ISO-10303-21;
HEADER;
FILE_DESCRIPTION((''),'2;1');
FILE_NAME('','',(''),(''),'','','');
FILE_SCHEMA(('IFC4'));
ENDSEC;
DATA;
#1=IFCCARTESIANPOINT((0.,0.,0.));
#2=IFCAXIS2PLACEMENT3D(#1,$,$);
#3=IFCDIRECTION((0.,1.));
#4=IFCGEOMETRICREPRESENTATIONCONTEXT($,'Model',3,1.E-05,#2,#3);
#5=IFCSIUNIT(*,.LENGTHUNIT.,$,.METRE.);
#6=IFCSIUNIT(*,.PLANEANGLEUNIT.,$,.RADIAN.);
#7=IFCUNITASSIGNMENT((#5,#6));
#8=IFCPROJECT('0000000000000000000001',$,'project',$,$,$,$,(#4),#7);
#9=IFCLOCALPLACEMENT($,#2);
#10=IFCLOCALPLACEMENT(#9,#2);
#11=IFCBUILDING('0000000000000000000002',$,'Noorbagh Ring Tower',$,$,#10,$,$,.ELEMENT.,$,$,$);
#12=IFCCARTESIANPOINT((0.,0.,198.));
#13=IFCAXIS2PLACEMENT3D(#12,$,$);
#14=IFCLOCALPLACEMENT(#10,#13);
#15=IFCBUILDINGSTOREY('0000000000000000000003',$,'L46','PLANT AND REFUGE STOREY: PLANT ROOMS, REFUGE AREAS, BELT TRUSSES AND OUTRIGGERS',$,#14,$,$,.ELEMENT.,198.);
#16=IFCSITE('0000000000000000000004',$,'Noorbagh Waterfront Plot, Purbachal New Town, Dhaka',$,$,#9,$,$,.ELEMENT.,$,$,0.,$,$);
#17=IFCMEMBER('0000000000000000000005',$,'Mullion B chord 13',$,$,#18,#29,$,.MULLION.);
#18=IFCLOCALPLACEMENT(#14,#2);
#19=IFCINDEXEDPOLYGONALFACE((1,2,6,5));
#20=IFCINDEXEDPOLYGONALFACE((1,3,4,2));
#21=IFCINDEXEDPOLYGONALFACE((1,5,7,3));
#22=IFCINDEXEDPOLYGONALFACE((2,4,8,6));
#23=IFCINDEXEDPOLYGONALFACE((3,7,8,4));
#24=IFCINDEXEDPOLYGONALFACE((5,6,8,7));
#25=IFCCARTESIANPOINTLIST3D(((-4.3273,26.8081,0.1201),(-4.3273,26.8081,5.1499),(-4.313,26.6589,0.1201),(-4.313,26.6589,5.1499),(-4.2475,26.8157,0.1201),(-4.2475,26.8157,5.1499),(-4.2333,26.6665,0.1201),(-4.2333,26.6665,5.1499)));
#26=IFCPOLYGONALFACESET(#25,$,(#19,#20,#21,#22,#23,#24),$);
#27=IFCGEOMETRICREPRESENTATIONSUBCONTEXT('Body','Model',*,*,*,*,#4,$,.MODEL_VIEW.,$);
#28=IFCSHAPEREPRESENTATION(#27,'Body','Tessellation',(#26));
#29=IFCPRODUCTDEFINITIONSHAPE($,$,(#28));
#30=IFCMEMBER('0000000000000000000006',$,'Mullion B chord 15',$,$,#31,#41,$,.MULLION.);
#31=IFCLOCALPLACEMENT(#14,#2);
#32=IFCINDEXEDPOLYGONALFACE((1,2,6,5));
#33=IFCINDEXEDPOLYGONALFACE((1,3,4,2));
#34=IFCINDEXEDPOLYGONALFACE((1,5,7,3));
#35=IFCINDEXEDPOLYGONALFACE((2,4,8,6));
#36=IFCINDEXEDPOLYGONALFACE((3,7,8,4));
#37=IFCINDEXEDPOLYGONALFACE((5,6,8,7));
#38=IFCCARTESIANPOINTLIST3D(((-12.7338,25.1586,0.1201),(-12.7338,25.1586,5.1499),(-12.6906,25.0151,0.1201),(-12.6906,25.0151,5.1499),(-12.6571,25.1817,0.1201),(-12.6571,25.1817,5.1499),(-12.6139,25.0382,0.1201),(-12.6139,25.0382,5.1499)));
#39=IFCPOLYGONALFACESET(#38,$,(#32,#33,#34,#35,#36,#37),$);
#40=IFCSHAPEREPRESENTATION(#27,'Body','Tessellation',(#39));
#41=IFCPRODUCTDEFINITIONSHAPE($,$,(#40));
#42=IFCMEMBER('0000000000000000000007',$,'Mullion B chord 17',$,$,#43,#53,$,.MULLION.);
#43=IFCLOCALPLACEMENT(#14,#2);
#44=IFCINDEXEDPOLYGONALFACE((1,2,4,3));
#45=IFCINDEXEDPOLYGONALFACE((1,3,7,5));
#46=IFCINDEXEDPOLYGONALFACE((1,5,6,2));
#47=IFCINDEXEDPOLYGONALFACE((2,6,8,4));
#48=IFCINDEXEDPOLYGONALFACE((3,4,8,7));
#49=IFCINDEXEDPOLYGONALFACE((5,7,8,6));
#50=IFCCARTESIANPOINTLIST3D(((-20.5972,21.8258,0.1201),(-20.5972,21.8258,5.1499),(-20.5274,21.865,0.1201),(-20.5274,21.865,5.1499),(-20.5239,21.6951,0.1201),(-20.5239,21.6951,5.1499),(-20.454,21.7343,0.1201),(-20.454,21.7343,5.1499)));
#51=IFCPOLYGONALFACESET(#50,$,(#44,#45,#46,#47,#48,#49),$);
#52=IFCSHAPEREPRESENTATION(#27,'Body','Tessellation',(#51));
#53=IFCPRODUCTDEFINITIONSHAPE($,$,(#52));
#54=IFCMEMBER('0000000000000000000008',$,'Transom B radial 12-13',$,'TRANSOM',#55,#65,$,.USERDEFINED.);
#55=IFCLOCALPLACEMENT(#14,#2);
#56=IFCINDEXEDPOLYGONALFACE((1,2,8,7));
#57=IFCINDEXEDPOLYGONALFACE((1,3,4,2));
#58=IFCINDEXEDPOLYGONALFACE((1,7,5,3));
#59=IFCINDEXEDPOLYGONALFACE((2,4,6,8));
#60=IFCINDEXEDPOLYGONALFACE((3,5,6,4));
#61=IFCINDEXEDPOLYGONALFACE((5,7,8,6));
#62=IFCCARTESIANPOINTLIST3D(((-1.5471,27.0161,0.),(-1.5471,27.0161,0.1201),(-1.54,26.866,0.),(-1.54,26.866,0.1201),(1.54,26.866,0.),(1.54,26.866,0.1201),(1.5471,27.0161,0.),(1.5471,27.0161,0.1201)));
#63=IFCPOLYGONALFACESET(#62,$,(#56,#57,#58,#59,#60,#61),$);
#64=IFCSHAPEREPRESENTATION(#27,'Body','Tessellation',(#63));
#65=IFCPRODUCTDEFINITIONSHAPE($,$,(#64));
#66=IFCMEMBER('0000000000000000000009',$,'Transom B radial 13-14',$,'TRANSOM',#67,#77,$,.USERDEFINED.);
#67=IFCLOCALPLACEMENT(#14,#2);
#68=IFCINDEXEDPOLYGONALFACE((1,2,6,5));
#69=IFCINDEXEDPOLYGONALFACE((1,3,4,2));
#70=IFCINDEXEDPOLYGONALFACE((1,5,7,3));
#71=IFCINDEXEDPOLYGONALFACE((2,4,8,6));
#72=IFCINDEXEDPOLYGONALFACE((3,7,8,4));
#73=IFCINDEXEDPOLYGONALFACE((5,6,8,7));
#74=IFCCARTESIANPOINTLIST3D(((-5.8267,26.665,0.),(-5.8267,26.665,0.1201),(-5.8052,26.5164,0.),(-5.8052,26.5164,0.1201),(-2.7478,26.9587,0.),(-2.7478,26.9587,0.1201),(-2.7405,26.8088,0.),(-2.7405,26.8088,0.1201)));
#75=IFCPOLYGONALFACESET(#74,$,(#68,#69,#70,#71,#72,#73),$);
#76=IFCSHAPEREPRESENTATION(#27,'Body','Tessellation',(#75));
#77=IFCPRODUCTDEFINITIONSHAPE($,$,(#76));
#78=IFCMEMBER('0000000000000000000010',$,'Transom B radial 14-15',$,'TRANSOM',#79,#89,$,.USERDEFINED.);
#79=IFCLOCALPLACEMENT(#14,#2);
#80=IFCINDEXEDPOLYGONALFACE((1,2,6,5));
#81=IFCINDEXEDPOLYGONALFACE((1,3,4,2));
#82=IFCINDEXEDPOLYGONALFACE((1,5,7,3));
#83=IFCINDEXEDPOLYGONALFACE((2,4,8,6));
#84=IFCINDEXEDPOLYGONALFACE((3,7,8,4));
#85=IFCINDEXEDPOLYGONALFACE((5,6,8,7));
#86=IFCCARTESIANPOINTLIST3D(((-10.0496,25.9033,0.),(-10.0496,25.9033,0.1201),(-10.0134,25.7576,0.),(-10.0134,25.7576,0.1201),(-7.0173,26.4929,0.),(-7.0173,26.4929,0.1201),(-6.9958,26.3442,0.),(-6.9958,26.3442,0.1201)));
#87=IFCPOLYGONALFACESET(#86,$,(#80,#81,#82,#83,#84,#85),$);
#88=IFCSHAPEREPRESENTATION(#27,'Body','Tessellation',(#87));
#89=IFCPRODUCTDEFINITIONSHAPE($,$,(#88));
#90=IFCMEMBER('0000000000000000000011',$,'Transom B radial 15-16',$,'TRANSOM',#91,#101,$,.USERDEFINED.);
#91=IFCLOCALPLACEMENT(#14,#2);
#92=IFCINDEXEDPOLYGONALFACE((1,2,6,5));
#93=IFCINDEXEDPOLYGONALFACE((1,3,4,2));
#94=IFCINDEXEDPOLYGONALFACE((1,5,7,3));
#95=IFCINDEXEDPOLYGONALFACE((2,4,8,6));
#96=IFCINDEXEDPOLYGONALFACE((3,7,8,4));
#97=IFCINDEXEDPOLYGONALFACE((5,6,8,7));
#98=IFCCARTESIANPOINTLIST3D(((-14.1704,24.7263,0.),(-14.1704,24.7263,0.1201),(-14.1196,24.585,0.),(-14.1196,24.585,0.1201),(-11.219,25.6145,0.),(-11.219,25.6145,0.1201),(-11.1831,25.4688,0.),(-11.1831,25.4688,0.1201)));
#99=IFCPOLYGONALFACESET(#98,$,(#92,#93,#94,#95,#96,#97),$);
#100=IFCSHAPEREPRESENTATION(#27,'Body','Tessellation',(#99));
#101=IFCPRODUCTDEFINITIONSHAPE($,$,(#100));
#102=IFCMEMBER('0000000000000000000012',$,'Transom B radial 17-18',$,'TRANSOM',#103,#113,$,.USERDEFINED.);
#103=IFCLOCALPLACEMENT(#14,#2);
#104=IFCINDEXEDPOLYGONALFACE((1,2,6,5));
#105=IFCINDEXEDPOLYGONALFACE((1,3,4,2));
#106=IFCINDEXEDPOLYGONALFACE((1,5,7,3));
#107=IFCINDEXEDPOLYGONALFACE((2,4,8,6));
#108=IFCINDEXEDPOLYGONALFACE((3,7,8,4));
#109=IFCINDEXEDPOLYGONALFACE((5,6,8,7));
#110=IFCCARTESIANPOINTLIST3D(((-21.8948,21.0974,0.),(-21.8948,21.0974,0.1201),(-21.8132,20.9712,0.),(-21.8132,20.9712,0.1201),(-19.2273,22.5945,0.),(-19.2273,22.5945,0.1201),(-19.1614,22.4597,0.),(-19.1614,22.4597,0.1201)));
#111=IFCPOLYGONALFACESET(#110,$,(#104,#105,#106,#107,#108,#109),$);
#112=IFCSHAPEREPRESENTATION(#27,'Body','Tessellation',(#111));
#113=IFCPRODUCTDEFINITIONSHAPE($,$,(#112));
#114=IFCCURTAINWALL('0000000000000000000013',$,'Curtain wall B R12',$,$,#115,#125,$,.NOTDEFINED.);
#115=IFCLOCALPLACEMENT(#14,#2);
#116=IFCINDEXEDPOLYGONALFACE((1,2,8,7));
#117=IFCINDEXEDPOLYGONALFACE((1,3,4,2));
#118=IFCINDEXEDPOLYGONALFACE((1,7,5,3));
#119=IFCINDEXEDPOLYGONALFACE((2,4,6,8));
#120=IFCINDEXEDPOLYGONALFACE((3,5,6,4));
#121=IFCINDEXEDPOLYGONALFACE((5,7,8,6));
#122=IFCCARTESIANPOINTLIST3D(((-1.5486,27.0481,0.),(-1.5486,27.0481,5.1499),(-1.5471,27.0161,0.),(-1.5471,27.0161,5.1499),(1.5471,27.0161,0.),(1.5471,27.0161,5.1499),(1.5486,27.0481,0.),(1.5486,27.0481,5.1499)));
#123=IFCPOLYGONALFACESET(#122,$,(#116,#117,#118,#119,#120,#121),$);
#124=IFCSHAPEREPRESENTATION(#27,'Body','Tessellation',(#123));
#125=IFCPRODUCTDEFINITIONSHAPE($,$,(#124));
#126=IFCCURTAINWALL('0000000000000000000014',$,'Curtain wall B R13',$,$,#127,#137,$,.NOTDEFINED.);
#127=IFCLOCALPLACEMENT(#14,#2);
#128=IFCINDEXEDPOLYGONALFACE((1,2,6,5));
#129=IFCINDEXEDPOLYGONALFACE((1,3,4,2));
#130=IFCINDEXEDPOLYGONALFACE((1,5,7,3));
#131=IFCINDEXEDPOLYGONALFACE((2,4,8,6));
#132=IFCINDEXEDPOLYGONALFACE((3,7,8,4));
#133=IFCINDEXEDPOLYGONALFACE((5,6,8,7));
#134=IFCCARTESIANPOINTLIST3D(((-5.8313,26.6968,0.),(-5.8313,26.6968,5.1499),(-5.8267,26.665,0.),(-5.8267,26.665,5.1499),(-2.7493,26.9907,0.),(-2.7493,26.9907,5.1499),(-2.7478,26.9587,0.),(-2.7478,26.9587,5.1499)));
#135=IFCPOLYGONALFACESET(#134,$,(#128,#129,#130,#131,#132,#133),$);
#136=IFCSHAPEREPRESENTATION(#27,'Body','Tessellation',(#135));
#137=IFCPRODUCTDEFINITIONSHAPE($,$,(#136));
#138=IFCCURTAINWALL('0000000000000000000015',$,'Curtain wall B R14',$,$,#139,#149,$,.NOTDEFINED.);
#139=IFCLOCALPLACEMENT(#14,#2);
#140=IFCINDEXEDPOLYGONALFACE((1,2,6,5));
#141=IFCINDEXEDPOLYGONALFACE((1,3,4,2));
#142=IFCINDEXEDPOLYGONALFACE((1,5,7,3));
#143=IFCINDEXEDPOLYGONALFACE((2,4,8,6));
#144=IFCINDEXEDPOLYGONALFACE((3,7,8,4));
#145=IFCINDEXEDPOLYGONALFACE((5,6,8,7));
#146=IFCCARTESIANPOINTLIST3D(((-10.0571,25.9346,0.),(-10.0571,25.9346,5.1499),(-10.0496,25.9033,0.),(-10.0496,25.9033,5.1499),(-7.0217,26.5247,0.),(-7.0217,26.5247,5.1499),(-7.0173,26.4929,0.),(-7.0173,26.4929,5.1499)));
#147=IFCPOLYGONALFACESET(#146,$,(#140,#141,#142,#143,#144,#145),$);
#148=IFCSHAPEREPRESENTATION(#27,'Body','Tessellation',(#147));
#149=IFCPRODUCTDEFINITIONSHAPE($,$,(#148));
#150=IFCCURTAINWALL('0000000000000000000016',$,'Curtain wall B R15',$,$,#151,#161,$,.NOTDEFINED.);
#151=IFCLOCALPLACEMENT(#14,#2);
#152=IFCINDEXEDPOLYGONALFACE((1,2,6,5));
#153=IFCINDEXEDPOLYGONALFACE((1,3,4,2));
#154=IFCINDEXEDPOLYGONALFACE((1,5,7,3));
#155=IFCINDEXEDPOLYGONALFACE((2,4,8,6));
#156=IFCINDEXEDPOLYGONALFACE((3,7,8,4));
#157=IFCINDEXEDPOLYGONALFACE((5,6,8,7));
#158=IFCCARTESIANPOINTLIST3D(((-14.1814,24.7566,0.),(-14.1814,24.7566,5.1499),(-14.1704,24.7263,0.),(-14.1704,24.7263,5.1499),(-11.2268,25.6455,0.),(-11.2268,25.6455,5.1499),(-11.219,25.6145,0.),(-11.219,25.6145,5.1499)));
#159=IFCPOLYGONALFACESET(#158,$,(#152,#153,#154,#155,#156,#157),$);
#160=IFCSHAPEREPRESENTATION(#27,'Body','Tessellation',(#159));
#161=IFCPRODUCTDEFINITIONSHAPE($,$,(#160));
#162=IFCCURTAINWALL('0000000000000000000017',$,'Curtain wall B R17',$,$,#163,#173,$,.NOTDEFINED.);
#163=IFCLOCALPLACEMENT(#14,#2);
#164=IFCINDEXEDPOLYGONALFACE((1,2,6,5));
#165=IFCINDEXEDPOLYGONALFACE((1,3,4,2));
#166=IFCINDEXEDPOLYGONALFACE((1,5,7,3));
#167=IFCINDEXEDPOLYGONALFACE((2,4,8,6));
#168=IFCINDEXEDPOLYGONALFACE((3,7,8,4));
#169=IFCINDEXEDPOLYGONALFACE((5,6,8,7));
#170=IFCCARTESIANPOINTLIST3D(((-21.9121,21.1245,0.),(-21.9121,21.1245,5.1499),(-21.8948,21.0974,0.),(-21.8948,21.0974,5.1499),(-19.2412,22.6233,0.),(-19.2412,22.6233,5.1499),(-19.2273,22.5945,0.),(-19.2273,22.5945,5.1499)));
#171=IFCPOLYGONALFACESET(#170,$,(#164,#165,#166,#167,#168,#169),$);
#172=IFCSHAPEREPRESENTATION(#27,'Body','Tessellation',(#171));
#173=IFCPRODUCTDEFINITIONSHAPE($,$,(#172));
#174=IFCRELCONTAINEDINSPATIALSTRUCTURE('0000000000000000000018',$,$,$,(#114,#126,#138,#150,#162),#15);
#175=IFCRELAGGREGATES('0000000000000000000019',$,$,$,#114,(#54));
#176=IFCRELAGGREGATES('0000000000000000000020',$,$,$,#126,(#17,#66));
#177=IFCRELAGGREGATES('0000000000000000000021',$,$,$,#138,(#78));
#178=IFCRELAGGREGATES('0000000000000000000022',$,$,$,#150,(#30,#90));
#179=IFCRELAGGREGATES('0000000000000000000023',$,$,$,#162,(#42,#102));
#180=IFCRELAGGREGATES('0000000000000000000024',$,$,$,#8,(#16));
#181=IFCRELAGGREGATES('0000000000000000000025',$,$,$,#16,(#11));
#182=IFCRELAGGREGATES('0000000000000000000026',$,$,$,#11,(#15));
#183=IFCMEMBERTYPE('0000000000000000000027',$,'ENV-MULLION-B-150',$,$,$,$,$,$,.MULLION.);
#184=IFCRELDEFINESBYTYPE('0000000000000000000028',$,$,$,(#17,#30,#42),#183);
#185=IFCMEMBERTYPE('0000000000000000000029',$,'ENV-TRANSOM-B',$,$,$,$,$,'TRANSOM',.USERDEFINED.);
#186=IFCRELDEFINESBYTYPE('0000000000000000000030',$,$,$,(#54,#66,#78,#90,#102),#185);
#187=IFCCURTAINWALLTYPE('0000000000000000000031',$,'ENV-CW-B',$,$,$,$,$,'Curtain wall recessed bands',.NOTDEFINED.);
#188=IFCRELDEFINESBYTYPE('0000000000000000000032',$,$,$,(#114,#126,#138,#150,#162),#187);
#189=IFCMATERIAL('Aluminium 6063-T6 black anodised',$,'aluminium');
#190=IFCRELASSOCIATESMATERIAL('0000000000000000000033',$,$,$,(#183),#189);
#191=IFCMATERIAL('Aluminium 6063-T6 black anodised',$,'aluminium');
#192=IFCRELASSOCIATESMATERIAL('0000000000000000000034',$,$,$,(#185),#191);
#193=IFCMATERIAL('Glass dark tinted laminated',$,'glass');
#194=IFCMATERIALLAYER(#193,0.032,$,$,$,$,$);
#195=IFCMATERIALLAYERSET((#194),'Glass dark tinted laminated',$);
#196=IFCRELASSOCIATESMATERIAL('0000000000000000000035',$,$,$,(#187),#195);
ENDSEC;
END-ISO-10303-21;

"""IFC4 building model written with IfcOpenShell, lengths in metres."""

from ifc_helpers import new_model, si_unit, direction, frame, origin, origin_2d, place, context, subcontext, project, spatial, polyline, rectangle, outline, extrude, material, layer, layer_set, material_profile, profile_set, type_object, element, aggregate, save


model = new_model("IFC4")

# Units and contexts
model_context = context("Model", 3, precision=1e-05, world=origin(), true_north=direction((0.0, 1.0)))
body_context = subcontext(model_context, "Body", "Model", "MODEL_VIEW")
ifc_project = project(units=[si_unit("LENGTHUNIT", "METRE"), si_unit("PLANEANGLEUNIT", "RADIAN")], contexts=[model_context])

# Members
ifc_material_1 = material(Name="Aluminium 6063-T6 black anodised", Category="aluminium")
ifc_material_profile = material_profile(ifc_material_1, rectangle(XDim=0.1499, YDim=0.0801, at=origin_2d()), Name="150x80")
ifc_profile_set = profile_set([ifc_material_profile], Name="Aluminium 6063-T6 black anodised")
member_type_1 = type_object("IfcMemberType", Name="ENV-MULLION-B-150", PredefinedType="MULLION", material=ifc_profile_set)
site_placement = place(None, origin())
building_placement = place(site_placement, origin())
storey_placement = place(building_placement, frame((0.0, 0.0, 198.0)))
member_1_placement = place(storey_placement, frame((-4.2803, 26.7373, 0.1201), z_axis=(0.0, 0.0, 1.0), x_axis=(0.095008, -0.995476, 0.0)))
member_1 = element("IfcMember", 1, at=member_1_placement, type_object=member_type_1, Name="Mullion B chord 13", PredefinedType="MULLION", context=body_context, shape_type="SweptSolid", body=[
    extrude(rectangle(XDim=0.1499, YDim=0.0801, at=origin_2d()), origin(), (0.0, 0.0, 1.0), 5.0298),
])
member_2_placement = place(storey_placement, frame((-12.6738, 25.0984, 0.1201), z_axis=(0.0, 0.0, 1.0), x_axis=(0.288174, -0.957578, 0.0)))
member_2 = element("IfcMember", 2, at=member_2_placement, type_object=member_type_1, Name="Mullion B chord 15", PredefinedType="MULLION", context=body_context, shape_type="SweptSolid", body=[
    extrude(rectangle(XDim=0.1499, YDim=0.0801, at=origin_2d()), origin(), (0.0, 0.0, 1.0), 5.0298),
])
member_3_placement = place(storey_placement, frame((-20.5256, 21.78, 0.1201), z_axis=(0.0, 0.0, 1.0), x_axis=(0.489426, -0.872045, 0.0)))
member_3 = element("IfcMember", 3, at=member_3_placement, type_object=member_type_1, Name="Mullion B chord 17", PredefinedType="MULLION", context=body_context, shape_type="SweptSolid", body=[
    extrude(rectangle(XDim=0.1499, YDim=0.0801, at=origin_2d()), origin(), (0.0, 0.0, 1.0), 5.0298),
])
ifc_material_2 = material(Name="Aluminium 6063-T6 black anodised", Category="aluminium")
member_type_2 = type_object("IfcMemberType", Name="ENV-TRANSOM-B", ElementType="TRANSOM", PredefinedType="USERDEFINED", material=ifc_material_2)
member_4_placement = place(storey_placement, origin())
member_4 = element("IfcMember", 4, at=member_4_placement, type_object=member_type_2, Name="Transom B radial 12-13", ObjectType="TRANSOM", PredefinedType="USERDEFINED", context=body_context, shape_type="SweptSolid", body=[
    extrude(outline(polyline([(1.5471, 27.0161), (-1.5471, 27.0161), (-1.54, 26.866), (1.54, 26.866), (1.5471, 27.0161)])), origin(), (0.0, 0.0, 1.0), 0.1201),
])
member_5_placement = place(storey_placement, origin())
member_5 = element("IfcMember", 5, at=member_5_placement, type_object=member_type_2, Name="Transom B radial 13-14", ObjectType="TRANSOM", PredefinedType="USERDEFINED", context=body_context, shape_type="SweptSolid", body=[
    extrude(outline(polyline([(-2.7478, 26.9587), (-5.8267, 26.665), (-5.8052, 26.5164), (-2.7405, 26.8088), (-2.7478, 26.9587)])), origin(), (0.0, 0.0, 1.0), 0.1201),
])
member_6_placement = place(storey_placement, origin())
member_6 = element("IfcMember", 6, at=member_6_placement, type_object=member_type_2, Name="Transom B radial 14-15", ObjectType="TRANSOM", PredefinedType="USERDEFINED", context=body_context, shape_type="SweptSolid", body=[
    extrude(outline(polyline([(-7.0173, 26.4929), (-10.0496, 25.9033), (-10.0134, 25.7576), (-6.9958, 26.3442), (-7.0173, 26.4929)])), origin(), (0.0, 0.0, 1.0), 0.1201),
])
member_7_placement = place(storey_placement, origin())
member_7 = element("IfcMember", 7, at=member_7_placement, type_object=member_type_2, Name="Transom B radial 15-16", ObjectType="TRANSOM", PredefinedType="USERDEFINED", context=body_context, shape_type="SweptSolid", body=[
    extrude(outline(polyline([(-11.219, 25.6145), (-14.1704, 24.7263), (-14.1196, 24.585), (-11.1831, 25.4688), (-11.219, 25.6145)])), origin(), (0.0, 0.0, 1.0), 0.1201),
])
member_8_placement = place(storey_placement, origin())
member_8 = element("IfcMember", 8, at=member_8_placement, type_object=member_type_2, Name="Transom B radial 17-18", ObjectType="TRANSOM", PredefinedType="USERDEFINED", context=body_context, shape_type="SweptSolid", body=[
    extrude(outline(polyline([(-19.2273, 22.5945), (-21.8948, 21.0974), (-21.8132, 20.9712), (-19.1614, 22.4597), (-19.2273, 22.5945)])), origin(), (0.0, 0.0, 1.0), 0.1201),
])

# Site, building, storey
site = spatial("IfcSite", under=ifc_project, at=site_placement, Name="Noorbagh Waterfront Plot, Purbachal New Town, Dhaka", CompositionType="ELEMENT", RefElevation=0.0)
building = spatial("IfcBuilding", under=site, at=building_placement, Name="Noorbagh Ring Tower", CompositionType="ELEMENT")
storey = spatial("IfcBuildingStorey", under=building, at=storey_placement, Name="L46", Description="PLANT AND REFUGE STOREY: PLANT ROOMS, REFUGE AREAS, BELT TRUSSES AND OUTRIGGERS", CompositionType="ELEMENT", Elevation=198.0)

# Curtain walls
ifc_material_3 = material(Name="Glass dark tinted laminated", Category="glass")
ifc_layer_1 = layer(ifc_material_3, 0.032)
ifc_layer_set_1 = layer_set([ifc_layer_1], Name="Glass dark tinted laminated")
curtain_wall_type = type_object("IfcCurtainWallType", Name="ENV-CW-B", ElementType="Curtain wall recessed bands", PredefinedType="NOTDEFINED", material=ifc_layer_set_1)
curtain_wall_1_placement = place(storey_placement, origin())
curtain_wall_1 = element("IfcCurtainWall", 9, at=curtain_wall_1_placement, inside=storey, type_object=curtain_wall_type, Name="Curtain wall B R12", PredefinedType="NOTDEFINED", context=body_context, shape_type="SweptSolid", body=[
    extrude(outline(polyline([(1.5486, 27.0481), (-1.5486, 27.0481), (-1.5471, 27.0161), (1.5471, 27.0161), (1.5486, 27.0481)])), origin(), (0.0, 0.0, 1.0), 5.1499),
])
aggregate(curtain_wall_1, [member_4])
curtain_wall_2_placement = place(storey_placement, origin())
curtain_wall_2 = element("IfcCurtainWall", 10, at=curtain_wall_2_placement, inside=storey, type_object=curtain_wall_type, Name="Curtain wall B R13", PredefinedType="NOTDEFINED", context=body_context, shape_type="SweptSolid", body=[
    extrude(outline(polyline([(-2.7493, 26.9907), (-5.8313, 26.6968), (-5.8267, 26.665), (-2.7478, 26.9587), (-2.7493, 26.9907)])), origin(), (0.0, 0.0, 1.0), 5.1499),
])
aggregate(curtain_wall_2, [member_1, member_5])
curtain_wall_3_placement = place(storey_placement, origin())
curtain_wall_3 = element("IfcCurtainWall", 11, at=curtain_wall_3_placement, inside=storey, type_object=curtain_wall_type, Name="Curtain wall B R14", PredefinedType="NOTDEFINED", context=body_context, shape_type="SweptSolid", body=[
    extrude(outline(polyline([(-7.0217, 26.5247), (-10.0571, 25.9346), (-10.0496, 25.9033), (-7.0173, 26.4929), (-7.0217, 26.5247)])), origin(), (0.0, 0.0, 1.0), 5.1499),
])
aggregate(curtain_wall_3, [member_6])
curtain_wall_4_placement = place(storey_placement, origin())
curtain_wall_4 = element("IfcCurtainWall", 12, at=curtain_wall_4_placement, inside=storey, type_object=curtain_wall_type, Name="Curtain wall B R15", PredefinedType="NOTDEFINED", context=body_context, shape_type="SweptSolid", body=[
    extrude(outline(polyline([(-11.2268, 25.6455), (-14.1814, 24.7566), (-14.1704, 24.7263), (-11.219, 25.6145), (-11.2268, 25.6455)])), origin(), (0.0, 0.0, 1.0), 5.1499),
])
aggregate(curtain_wall_4, [member_2, member_7])
curtain_wall_5_placement = place(storey_placement, origin())
curtain_wall_5 = element("IfcCurtainWall", 13, at=curtain_wall_5_placement, inside=storey, type_object=curtain_wall_type, Name="Curtain wall B R17", PredefinedType="NOTDEFINED", context=body_context, shape_type="SweptSolid", body=[
    extrude(outline(polyline([(-19.2412, 22.6233), (-21.9121, 21.1245), (-21.8948, 21.0974), (-19.2273, 22.5945), (-19.2412, 22.6233)])), origin(), (0.0, 0.0, 1.0), 5.1499),
])
aggregate(curtain_wall_5, [member_3, member_8])

save(model, "model.ifc")
